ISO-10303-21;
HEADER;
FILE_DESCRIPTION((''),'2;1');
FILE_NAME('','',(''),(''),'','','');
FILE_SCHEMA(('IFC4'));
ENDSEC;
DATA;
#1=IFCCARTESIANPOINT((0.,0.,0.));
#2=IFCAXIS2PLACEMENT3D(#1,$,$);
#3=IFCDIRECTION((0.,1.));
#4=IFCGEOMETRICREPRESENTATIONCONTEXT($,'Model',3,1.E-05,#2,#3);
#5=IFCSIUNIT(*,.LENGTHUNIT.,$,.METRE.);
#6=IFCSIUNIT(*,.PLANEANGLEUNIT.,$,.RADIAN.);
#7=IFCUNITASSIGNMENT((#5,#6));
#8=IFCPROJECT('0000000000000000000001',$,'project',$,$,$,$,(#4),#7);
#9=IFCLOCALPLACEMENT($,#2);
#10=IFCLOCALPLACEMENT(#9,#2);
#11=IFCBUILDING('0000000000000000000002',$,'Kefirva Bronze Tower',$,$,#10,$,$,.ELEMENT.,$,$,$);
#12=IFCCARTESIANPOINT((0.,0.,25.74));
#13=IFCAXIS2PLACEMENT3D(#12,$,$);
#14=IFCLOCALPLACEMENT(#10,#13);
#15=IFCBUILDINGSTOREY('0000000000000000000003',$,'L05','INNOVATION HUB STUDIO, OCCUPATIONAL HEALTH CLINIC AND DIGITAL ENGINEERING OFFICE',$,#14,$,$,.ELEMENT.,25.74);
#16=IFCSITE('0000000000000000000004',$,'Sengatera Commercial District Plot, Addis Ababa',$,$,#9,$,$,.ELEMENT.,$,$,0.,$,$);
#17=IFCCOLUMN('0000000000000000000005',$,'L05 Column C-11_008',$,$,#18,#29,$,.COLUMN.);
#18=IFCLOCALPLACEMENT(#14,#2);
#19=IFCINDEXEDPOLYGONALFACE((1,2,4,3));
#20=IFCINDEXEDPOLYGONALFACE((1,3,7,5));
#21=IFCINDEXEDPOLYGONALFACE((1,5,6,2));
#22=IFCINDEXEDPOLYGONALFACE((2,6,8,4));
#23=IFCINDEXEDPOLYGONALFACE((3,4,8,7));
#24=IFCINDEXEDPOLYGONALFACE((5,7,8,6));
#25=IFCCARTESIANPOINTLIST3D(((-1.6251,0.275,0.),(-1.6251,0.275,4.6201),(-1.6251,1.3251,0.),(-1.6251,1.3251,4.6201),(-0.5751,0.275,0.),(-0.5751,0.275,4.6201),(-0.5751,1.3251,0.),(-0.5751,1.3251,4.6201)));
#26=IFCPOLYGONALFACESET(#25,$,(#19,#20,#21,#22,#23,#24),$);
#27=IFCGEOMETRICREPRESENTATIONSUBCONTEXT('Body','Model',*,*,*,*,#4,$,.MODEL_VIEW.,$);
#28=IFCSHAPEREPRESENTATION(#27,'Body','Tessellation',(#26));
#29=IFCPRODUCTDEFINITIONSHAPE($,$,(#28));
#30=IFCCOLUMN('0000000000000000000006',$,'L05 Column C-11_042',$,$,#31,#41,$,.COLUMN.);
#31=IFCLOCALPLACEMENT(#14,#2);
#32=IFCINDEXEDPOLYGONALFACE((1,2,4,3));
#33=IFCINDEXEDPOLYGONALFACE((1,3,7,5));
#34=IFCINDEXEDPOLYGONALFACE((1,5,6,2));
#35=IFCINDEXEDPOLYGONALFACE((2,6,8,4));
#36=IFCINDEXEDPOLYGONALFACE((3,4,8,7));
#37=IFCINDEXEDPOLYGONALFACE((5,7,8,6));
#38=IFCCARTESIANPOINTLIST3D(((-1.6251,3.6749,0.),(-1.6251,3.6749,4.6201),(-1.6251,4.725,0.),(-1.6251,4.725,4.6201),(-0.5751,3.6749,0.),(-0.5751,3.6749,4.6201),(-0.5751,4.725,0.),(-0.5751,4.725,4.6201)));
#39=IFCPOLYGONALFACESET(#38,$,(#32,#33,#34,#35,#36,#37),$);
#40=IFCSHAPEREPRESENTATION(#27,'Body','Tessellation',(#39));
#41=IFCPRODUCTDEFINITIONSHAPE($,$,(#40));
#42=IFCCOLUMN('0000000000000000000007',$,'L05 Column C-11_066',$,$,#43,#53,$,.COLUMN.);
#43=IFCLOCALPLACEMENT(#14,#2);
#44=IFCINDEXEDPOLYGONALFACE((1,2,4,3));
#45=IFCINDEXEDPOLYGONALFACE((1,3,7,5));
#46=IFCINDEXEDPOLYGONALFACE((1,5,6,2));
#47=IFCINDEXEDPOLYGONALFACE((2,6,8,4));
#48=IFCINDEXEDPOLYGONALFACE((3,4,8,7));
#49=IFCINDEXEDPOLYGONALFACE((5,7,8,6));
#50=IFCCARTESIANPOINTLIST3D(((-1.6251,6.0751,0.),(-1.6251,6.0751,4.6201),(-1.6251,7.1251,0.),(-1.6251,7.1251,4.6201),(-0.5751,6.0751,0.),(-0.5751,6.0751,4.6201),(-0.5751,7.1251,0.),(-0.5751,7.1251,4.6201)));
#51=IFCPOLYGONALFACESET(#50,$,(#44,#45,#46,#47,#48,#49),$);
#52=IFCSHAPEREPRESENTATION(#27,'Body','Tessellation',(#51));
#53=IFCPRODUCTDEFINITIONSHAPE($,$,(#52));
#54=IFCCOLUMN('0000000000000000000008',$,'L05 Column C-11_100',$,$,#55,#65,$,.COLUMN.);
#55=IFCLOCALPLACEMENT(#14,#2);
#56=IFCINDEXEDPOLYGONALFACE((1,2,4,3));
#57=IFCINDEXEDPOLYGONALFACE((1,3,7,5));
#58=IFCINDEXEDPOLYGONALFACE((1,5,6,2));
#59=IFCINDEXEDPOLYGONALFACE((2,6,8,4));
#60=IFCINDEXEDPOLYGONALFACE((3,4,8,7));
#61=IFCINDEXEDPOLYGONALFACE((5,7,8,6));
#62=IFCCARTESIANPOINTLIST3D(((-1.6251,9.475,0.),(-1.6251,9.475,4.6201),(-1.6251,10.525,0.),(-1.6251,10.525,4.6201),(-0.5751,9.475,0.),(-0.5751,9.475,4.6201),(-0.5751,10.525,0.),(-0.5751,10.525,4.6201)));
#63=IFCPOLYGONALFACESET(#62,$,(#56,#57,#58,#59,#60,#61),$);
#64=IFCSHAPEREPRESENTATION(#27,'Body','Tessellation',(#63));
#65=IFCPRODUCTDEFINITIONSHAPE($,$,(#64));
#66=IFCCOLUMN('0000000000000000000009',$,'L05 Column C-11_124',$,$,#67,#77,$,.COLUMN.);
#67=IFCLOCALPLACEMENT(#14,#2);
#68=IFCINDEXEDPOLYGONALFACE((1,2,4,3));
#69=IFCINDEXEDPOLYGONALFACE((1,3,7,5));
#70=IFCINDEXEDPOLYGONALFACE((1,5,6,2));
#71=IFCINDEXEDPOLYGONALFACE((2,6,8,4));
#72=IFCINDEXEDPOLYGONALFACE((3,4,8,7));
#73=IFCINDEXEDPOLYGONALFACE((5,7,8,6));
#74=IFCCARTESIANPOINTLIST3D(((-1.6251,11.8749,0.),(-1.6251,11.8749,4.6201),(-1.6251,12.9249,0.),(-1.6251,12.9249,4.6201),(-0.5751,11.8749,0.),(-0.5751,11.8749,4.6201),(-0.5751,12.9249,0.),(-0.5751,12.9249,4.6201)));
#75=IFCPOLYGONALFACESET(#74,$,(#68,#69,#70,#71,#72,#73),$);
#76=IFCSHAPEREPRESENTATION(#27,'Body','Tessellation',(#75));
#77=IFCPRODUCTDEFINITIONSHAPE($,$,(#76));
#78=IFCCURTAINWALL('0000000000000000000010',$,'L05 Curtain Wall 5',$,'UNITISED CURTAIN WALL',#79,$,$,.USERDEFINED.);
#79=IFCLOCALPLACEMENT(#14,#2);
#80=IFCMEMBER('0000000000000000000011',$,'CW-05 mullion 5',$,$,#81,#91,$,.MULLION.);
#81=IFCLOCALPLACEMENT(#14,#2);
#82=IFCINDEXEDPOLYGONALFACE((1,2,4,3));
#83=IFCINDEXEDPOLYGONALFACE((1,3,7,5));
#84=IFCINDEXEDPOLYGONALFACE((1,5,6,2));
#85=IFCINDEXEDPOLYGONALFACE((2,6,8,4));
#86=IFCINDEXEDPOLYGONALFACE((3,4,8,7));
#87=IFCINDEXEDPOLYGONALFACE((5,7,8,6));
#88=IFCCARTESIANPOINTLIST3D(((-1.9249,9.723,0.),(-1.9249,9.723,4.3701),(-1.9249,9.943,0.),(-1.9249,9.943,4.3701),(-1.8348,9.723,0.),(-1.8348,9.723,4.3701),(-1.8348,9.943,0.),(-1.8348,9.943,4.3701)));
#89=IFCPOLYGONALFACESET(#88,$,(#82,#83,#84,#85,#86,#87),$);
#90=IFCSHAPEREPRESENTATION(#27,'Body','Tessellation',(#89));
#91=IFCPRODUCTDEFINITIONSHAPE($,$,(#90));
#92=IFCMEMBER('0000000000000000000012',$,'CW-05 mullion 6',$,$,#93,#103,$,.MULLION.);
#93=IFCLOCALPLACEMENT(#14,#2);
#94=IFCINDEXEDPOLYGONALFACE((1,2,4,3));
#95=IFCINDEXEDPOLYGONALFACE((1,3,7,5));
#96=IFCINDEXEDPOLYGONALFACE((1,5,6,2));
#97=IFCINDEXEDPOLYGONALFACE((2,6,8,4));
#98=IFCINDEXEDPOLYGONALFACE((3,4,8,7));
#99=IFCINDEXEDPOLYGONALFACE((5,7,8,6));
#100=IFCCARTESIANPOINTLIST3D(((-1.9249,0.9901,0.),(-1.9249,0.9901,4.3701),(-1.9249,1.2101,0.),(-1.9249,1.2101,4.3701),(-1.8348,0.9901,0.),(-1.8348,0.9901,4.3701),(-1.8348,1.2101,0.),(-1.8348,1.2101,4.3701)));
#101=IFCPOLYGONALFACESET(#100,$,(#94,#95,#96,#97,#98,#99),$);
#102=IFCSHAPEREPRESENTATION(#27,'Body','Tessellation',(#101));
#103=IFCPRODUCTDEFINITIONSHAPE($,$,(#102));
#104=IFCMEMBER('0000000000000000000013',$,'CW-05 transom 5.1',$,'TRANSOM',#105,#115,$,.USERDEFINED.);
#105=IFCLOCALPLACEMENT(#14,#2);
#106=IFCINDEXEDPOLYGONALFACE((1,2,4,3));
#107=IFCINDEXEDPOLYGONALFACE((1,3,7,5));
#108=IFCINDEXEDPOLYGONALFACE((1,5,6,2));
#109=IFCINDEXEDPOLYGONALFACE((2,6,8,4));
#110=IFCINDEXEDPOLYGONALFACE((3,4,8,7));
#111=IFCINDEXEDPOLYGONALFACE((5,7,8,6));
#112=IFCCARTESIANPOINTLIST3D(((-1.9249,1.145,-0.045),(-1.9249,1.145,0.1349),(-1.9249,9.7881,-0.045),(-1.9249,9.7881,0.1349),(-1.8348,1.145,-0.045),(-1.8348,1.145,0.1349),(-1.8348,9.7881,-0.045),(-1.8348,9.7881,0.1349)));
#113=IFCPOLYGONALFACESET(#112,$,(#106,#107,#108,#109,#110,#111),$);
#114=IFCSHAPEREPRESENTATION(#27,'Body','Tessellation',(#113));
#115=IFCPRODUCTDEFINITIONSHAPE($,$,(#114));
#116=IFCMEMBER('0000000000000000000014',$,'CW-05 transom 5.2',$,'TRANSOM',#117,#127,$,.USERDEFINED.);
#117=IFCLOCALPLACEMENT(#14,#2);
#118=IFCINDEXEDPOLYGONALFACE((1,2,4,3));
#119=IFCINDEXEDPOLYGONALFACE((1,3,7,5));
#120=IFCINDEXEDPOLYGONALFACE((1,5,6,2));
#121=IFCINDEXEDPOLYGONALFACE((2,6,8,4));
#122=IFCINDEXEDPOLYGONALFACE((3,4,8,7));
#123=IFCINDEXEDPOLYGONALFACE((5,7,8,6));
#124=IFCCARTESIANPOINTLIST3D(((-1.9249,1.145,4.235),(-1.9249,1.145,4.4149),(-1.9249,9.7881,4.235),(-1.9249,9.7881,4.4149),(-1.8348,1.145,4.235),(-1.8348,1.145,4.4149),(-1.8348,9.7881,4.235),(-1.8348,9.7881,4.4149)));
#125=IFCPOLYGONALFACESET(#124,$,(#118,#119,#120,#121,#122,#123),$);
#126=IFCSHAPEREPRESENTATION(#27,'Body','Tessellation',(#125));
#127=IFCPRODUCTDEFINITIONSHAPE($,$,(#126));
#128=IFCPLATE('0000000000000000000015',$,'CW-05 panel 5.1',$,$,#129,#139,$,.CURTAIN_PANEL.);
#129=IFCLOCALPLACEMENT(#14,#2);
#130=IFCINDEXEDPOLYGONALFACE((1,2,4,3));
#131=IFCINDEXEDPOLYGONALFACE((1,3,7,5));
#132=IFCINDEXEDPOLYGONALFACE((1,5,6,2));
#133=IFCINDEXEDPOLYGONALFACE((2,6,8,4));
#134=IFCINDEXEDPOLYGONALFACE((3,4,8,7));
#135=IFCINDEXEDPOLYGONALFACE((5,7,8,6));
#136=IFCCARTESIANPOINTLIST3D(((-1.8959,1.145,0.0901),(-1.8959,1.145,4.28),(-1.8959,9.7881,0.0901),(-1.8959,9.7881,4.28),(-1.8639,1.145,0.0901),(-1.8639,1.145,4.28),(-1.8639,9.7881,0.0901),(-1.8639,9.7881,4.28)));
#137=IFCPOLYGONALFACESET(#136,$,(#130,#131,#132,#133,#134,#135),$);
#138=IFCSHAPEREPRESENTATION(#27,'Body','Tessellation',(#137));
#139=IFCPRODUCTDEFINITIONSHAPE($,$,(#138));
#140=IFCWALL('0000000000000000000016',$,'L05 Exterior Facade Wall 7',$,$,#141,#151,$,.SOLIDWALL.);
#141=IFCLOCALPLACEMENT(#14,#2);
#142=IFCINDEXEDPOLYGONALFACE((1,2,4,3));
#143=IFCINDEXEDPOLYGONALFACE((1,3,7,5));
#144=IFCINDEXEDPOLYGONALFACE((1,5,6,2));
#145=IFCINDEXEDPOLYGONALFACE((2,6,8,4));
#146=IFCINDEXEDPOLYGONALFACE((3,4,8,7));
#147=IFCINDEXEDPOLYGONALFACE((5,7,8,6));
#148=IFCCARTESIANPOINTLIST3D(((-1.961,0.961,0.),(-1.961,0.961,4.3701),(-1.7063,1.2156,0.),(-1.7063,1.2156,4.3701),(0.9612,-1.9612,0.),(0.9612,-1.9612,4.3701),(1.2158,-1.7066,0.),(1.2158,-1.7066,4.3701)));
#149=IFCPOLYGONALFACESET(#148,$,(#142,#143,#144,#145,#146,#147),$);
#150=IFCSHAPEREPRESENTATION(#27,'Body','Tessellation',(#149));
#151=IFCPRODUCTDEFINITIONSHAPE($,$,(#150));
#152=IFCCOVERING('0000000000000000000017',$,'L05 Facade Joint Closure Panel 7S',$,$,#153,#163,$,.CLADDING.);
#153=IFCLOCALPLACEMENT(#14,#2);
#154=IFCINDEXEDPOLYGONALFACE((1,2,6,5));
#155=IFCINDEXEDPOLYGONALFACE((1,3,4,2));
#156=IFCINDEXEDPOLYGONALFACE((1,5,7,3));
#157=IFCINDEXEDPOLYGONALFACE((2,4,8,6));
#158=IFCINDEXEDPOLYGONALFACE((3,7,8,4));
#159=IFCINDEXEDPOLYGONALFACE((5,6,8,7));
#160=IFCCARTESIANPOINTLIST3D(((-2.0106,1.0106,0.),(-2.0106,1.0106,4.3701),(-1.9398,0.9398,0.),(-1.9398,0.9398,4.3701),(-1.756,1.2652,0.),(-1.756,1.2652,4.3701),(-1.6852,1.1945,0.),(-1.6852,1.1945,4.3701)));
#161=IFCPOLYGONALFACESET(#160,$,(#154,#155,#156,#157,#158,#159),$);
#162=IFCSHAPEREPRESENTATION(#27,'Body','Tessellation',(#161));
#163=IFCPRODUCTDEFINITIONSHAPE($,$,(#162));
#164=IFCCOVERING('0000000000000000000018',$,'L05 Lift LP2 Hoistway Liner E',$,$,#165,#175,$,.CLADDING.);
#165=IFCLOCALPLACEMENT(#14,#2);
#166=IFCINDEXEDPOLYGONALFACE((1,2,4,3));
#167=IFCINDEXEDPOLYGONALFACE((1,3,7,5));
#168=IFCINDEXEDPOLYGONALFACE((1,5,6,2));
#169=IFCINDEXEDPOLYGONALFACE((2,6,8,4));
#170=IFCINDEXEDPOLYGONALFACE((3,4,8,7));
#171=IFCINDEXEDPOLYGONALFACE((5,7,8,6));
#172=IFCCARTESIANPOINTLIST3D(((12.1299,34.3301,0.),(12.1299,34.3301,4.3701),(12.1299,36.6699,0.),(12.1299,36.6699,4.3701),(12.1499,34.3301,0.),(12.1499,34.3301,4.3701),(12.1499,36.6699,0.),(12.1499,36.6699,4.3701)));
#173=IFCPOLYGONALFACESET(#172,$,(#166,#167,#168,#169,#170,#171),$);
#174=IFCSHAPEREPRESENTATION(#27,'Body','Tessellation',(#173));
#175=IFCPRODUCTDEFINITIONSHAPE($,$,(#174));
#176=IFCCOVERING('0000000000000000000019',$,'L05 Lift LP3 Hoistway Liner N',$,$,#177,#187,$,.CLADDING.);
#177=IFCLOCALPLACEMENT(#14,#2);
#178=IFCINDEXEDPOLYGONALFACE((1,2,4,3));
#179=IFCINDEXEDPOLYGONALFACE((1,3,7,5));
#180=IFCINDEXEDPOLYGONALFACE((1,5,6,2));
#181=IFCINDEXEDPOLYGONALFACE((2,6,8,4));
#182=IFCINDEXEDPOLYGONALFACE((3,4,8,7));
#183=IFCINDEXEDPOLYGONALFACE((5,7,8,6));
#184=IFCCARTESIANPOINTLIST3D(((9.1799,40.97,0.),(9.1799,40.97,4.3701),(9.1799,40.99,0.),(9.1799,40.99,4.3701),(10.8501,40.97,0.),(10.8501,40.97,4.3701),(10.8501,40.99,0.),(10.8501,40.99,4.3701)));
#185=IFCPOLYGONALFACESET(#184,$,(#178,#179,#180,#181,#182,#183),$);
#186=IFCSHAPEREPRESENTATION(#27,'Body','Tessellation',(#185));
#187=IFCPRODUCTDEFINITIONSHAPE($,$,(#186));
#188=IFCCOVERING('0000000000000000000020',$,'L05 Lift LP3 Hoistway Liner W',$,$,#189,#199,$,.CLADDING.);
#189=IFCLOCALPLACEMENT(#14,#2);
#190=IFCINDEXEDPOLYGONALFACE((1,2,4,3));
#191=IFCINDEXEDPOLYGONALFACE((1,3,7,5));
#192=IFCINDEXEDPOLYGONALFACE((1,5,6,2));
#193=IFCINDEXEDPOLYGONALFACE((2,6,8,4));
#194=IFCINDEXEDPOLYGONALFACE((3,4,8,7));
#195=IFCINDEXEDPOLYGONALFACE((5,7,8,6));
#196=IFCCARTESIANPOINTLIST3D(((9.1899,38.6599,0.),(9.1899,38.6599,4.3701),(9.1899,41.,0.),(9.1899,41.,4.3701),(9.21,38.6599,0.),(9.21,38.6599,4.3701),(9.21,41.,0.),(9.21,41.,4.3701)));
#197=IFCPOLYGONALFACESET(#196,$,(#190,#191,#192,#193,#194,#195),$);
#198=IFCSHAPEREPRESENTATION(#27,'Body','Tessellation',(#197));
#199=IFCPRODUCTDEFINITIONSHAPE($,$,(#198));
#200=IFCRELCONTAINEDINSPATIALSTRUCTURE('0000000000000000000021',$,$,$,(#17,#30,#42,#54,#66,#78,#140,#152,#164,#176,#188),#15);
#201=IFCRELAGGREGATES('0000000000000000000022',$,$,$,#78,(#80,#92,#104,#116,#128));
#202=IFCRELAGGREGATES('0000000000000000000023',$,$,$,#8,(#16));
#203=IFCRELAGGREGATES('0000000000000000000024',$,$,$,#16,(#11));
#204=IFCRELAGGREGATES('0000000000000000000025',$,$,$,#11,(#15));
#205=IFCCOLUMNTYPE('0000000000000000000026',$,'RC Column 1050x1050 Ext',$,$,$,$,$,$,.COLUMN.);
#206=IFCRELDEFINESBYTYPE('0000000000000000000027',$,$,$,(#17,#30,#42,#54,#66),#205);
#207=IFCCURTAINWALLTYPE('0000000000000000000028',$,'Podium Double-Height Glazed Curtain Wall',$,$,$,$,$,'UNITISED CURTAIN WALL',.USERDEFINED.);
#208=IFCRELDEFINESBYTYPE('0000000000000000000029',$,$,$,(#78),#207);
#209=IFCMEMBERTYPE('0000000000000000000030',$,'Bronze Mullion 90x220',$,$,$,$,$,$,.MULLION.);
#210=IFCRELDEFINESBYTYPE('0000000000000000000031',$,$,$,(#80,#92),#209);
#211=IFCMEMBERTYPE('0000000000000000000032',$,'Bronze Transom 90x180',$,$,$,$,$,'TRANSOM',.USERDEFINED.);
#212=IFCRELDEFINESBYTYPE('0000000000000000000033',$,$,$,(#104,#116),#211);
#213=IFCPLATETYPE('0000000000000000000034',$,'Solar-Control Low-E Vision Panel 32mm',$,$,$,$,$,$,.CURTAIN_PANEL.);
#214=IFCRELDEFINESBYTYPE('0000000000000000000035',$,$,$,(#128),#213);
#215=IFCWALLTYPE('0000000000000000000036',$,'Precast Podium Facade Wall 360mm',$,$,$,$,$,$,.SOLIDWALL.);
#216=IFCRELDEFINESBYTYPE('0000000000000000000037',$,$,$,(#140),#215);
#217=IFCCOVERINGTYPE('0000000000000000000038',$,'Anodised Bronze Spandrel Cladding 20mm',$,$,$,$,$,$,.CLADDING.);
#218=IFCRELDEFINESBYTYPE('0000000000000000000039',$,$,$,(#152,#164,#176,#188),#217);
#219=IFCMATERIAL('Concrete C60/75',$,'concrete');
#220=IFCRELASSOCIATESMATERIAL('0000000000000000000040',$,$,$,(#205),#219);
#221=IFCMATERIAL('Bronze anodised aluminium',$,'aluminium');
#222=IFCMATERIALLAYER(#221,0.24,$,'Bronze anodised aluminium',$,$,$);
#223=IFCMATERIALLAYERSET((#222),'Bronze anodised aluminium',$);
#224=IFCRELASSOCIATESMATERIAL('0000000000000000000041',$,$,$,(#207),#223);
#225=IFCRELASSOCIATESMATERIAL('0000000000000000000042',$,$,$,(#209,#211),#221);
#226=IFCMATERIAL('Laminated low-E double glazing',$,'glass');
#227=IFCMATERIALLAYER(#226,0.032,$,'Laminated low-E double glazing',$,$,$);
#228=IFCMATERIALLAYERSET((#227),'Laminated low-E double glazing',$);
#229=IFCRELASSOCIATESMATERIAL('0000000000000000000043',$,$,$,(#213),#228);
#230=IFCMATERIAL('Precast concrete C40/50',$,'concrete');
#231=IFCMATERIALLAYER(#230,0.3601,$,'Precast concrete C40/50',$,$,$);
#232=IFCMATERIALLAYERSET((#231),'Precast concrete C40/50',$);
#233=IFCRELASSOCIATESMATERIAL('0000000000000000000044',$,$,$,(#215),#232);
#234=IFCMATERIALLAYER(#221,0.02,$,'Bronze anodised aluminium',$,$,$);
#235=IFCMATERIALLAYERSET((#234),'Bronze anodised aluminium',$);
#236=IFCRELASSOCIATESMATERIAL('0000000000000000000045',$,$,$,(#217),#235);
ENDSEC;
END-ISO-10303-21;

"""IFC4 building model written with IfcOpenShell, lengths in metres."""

from ifc_helpers import new_model, si_unit, direction, frame, frame_2d, origin, origin_2d, place, context, subcontext, project, spatial, polyline, rectangle, outline, extrude, material, layer, layer_set, material_profile, profile_set, type_object, element, aggregate, save


model = new_model("IFC4")

# Units and contexts
model_context = context("Model", 3, precision=1e-05, world=origin(), true_north=direction((0.0, 1.0)))
body_context = subcontext(model_context, "Body", "Model", "MODEL_VIEW")
ifc_project = project(units=[si_unit("LENGTHUNIT", "METRE"), si_unit("PLANEANGLEUNIT", "RADIAN")], contexts=[model_context])

# Site, building, storey
site_placement = place(None, origin())
site = spatial("IfcSite", under=ifc_project, at=site_placement, Name="Sengatera Commercial District Plot, Addis Ababa", CompositionType="ELEMENT", RefElevation=0.0)
building_placement = place(site_placement, origin())
building = spatial("IfcBuilding", under=site, at=building_placement, Name="Kefirva Bronze Tower", CompositionType="ELEMENT")
storey_placement = place(building_placement, frame((0.0, 0.0, 25.74)))
storey = spatial("IfcBuildingStorey", under=building, at=storey_placement, Name="L05", Description="INNOVATION HUB STUDIO, OCCUPATIONAL HEALTH CLINIC AND DIGITAL ENGINEERING OFFICE", CompositionType="ELEMENT", Elevation=25.74)

# Columns
ifc_material_1 = material(Name="Concrete C60/75", Category="concrete")
ifc_material_profile_1 = material_profile(ifc_material_1, rectangle(XDim=1.05, YDim=1.05, at=origin_2d()), Name="RC 1050x1050")
ifc_profile_set_1 = profile_set([ifc_material_profile_1], Name="Concrete C60/75")
column_type = type_object("IfcColumnType", Name="RC Column 1050x1050 Ext", PredefinedType="COLUMN", material=ifc_profile_set_1)
for number, where, z_axis, x_axis, name in (
    (1, (-1.1001, 0.8, 0.0), (0.0, 0.0, 1.0), (1.0, 0.0, 0.0), "L05 Column C-11_008"),
    (2, (-1.1001, 4.2, 0.0), (0.0, 0.0, 1.0), (1.0, 0.0, 0.0), "L05 Column C-11_042"),
    (3, (-1.1001, 6.6001, 0.0), (0.0, 0.0, 1.0), (1.0, 0.0, 0.0), "L05 Column C-11_066"),
    (4, (-1.1001, 10.0, 0.0), (0.0, 0.0, 1.0), (1.0, 0.0, 0.0), "L05 Column C-11_100"),
    (5, (-1.1001, 12.3999, 0.0), (0.0, 0.0, 1.0), (1.0, 0.0, 0.0), "L05 Column C-11_124"),
):
    element("IfcColumn", number, at=place(storey_placement, frame(where, z_axis=z_axis, x_axis=x_axis)), inside=storey, type_object=column_type, Name=name, PredefinedType="COLUMN", context=body_context, shape_type="SweptSolid", body=[
        extrude(rectangle(XDim=1.05, YDim=1.05, at=origin_2d()), origin(), (0.0, 0.0, 1.0), 4.6201),
    ])

# Curtain wall, members, plate
ifc_material_2 = material(Name="Bronze anodised aluminium", Category="aluminium")
ifc_layer_1 = layer(ifc_material_2, 0.24, Name="Bronze anodised aluminium")
ifc_layer_set_1 = layer_set([ifc_layer_1], Name="Bronze anodised aluminium")
curtain_wall_type = type_object("IfcCurtainWallType", Name="Podium Double-Height Glazed Curtain Wall", ElementType="UNITISED CURTAIN WALL", PredefinedType="USERDEFINED", material=ifc_layer_set_1)
curtain_wall_placement = place(storey_placement, origin())
curtain_wall = element("IfcCurtainWall", 6, at=curtain_wall_placement, inside=storey, type_object=curtain_wall_type, Name="L05 Curtain Wall 5", ObjectType="UNITISED CURTAIN WALL", PredefinedType="USERDEFINED")
ifc_material_profile_2 = material_profile(ifc_material_2, rectangle(XDim=0.0901, YDim=0.22, at=origin_2d()), Name="ALU 90x220")
ifc_profile_set_2 = profile_set([ifc_material_profile_2], Name="Bronze anodised aluminium")
member_type_1 = type_object("IfcMemberType", Name="Bronze Mullion 90x220", PredefinedType="MULLION", material=ifc_profile_set_2)
member_1_placement = place(storey_placement, frame((-1.8799, 9.833, 0.0), z_axis=(0.0, 0.0, 1.0), x_axis=(1.0, 0.0, 0.0)))
member_1 = element("IfcMember", 7, at=member_1_placement, type_object=member_type_1, Name="CW-05 mullion 5", PredefinedType="MULLION", context=body_context, shape_type="SweptSolid", body=[
    extrude(rectangle(XDim=0.0901, YDim=0.22, at=origin_2d()), origin(), (0.0, 0.0, 1.0), 4.3701),
])
member_2_placement = place(storey_placement, frame((-1.8799, 1.1001, 0.0), z_axis=(0.0, 0.0, 1.0), x_axis=(1.0, 0.0, 0.0)))
member_2 = element("IfcMember", 8, at=member_2_placement, type_object=member_type_1, Name="CW-05 mullion 6", PredefinedType="MULLION", context=body_context, shape_type="SweptSolid", body=[
    extrude(rectangle(XDim=0.0901, YDim=0.22, at=origin_2d()), origin(), (0.0, 0.0, 1.0), 4.3701),
])
ifc_material_profile_3 = material_profile(ifc_material_2, rectangle(XDim=0.0901, YDim=0.1799, at=origin_2d()), Name="ALU 90x180")
ifc_profile_set_3 = profile_set([ifc_material_profile_3], Name="Bronze anodised aluminium")
member_type_2 = type_object("IfcMemberType", Name="Bronze Transom 90x180", ElementType="TRANSOM", PredefinedType="USERDEFINED", material=ifc_profile_set_3)
member_3_placement = place(storey_placement, frame((-1.8799, 9.7881, 0.0449), z_axis=(0.0, -1.0, 0.0), x_axis=(1.0, 0.0, 0.0)))
member_3 = element("IfcMember", 9, at=member_3_placement, type_object=member_type_2, Name="CW-05 transom 5.1", ObjectType="TRANSOM", PredefinedType="USERDEFINED", context=body_context, shape_type="SweptSolid", body=[
    extrude(rectangle(XDim=0.0901, YDim=0.1799, at=origin_2d()), origin(), (0.0, 0.0, 1.0), 8.6431),
])
member_4_placement = place(storey_placement, frame((-1.8799, 9.7881, 4.325), z_axis=(0.0, -1.0, 0.0), x_axis=(1.0, 0.0, 0.0)))
member_4 = element("IfcMember", 10, at=member_4_placement, type_object=member_type_2, Name="CW-05 transom 5.2", ObjectType="TRANSOM", PredefinedType="USERDEFINED", context=body_context, shape_type="SweptSolid", body=[
    extrude(rectangle(XDim=0.0901, YDim=0.1799, at=origin_2d()), origin(), (0.0, 0.0, 1.0), 8.6431),
])
ifc_material_3 = material(Name="Laminated low-E double glazing", Category="glass")
ifc_layer_2 = layer(ifc_material_3, 0.032, Name="Laminated low-E double glazing")
ifc_layer_set_2 = layer_set([ifc_layer_2], Name="Laminated low-E double glazing")
plate_type = type_object("IfcPlateType", Name="Solar-Control Low-E Vision Panel 32mm", PredefinedType="CURTAIN_PANEL", material=ifc_layer_set_2)
plate_placement = place(storey_placement, frame((-1.8799, 5.4666, 0.0901), z_axis=(0.0, 0.0, 1.0), x_axis=(0.0, -1.0, 0.0)))
plate = element("IfcPlate", 11, at=plate_placement, type_object=plate_type, Name="CW-05 panel 5.1", PredefinedType="CURTAIN_PANEL", context=body_context, shape_type="SweptSolid", body=[
    extrude(rectangle(XDim=8.6431, YDim=0.032, at=origin_2d()), origin(), (0.0, 0.0, 1.0), 4.1899),
])
aggregate(curtain_wall, [member_1, member_2, member_3, member_4, plate])

# Wall
ifc_material_4 = material(Name="Precast concrete C40/50", Category="concrete")
ifc_layer_3 = layer(ifc_material_4, 0.3601, Name="Precast concrete C40/50")
ifc_layer_set_3 = layer_set([ifc_layer_3], Name="Precast concrete C40/50")
wall_type = type_object("IfcWallType", Name="Precast Podium Facade Wall 360mm", PredefinedType="SOLIDWALL", material=ifc_layer_set_3)
wall_placement = place(storey_placement, frame((-1.8337, 1.0884, 0.0), z_axis=(0.0, 0.0, 1.0), x_axis=(0.707107, -0.707107, 0.0)))
element("IfcWall", 12, at=wall_placement, inside=storey, type_object=wall_type, Name="L05 Exterior Facade Wall 7", PredefinedType="SOLIDWALL", context=body_context, shape_type="SweptSolid", body=[
    extrude(rectangle(XDim=4.1326, YDim=0.3601, at=frame_2d((2.0664, 0.0))), origin(), (0.0, 0.0, 1.0), 4.3701),
])

# Coverings
ifc_layer_4 = layer(ifc_material_2, 0.02, Name="Bronze anodised aluminium")
ifc_layer_set_4 = layer_set([ifc_layer_4], Name="Bronze anodised aluminium")
covering_type_1 = type_object("IfcCoveringType", Name="Anodised Bronze Spandrel Cladding 20mm", PredefinedType="CLADDING", material=ifc_layer_set_4)
covering_1_placement = place(storey_placement, frame((-1.8479, 1.1025, 0.0), z_axis=(0.0, 0.0, 1.0), x_axis=(0.707107, -0.707107, 0.0)))
element("IfcCovering", 13, at=covering_1_placement, inside=storey, type_object=covering_type_1, Name="L05 Facade Joint Closure Panel 7S", PredefinedType="CLADDING", context=body_context, shape_type="SweptSolid", body=[
    extrude(rectangle(XDim=0.1001, YDim=0.3601, at=origin_2d()), origin(), (0.0, 0.0, 1.0), 4.3701),
])
covering_2_placement = place(storey_placement, origin())
element("IfcCovering", 14, at=covering_2_placement, inside=storey, type_object=covering_type_1, Name="L05 Lift LP2 Hoistway Liner E", PredefinedType="CLADDING", context=body_context, shape_type="SweptSolid", body=[
    extrude(outline(polyline([(12.1299, 34.3301), (12.1499, 34.3301), (12.1499, 36.6699), (12.1299, 36.6699), (12.1299, 34.3301)])), origin(), (0.0, 0.0, 1.0), 4.3701),
])
covering_3_placement = place(storey_placement, origin())
element("IfcCovering", 15, at=covering_3_placement, inside=storey, type_object=covering_type_1, Name="L05 Lift LP3 Hoistway Liner N", PredefinedType="CLADDING", context=body_context, shape_type="SweptSolid", body=[
    extrude(outline(polyline([(9.1799, 40.97), (10.8501, 40.97), (10.8501, 40.99), (9.1799, 40.99), (9.1799, 40.97)])), origin(), (0.0, 0.0, 1.0), 4.3701),
])
covering_4_placement = place(storey_placement, origin())
element("IfcCovering", 16, at=covering_4_placement, inside=storey, type_object=covering_type_1, Name="L05 Lift LP3 Hoistway Liner W", PredefinedType="CLADDING", context=body_context, shape_type="SweptSolid", body=[
    extrude(outline(polyline([(9.1899, 38.6599), (9.21, 38.6599), (9.21, 41.0), (9.1899, 41.0), (9.1899, 38.6599)])), origin(), (0.0, 0.0, 1.0), 4.3701),
])

save(model, "model.ifc")
